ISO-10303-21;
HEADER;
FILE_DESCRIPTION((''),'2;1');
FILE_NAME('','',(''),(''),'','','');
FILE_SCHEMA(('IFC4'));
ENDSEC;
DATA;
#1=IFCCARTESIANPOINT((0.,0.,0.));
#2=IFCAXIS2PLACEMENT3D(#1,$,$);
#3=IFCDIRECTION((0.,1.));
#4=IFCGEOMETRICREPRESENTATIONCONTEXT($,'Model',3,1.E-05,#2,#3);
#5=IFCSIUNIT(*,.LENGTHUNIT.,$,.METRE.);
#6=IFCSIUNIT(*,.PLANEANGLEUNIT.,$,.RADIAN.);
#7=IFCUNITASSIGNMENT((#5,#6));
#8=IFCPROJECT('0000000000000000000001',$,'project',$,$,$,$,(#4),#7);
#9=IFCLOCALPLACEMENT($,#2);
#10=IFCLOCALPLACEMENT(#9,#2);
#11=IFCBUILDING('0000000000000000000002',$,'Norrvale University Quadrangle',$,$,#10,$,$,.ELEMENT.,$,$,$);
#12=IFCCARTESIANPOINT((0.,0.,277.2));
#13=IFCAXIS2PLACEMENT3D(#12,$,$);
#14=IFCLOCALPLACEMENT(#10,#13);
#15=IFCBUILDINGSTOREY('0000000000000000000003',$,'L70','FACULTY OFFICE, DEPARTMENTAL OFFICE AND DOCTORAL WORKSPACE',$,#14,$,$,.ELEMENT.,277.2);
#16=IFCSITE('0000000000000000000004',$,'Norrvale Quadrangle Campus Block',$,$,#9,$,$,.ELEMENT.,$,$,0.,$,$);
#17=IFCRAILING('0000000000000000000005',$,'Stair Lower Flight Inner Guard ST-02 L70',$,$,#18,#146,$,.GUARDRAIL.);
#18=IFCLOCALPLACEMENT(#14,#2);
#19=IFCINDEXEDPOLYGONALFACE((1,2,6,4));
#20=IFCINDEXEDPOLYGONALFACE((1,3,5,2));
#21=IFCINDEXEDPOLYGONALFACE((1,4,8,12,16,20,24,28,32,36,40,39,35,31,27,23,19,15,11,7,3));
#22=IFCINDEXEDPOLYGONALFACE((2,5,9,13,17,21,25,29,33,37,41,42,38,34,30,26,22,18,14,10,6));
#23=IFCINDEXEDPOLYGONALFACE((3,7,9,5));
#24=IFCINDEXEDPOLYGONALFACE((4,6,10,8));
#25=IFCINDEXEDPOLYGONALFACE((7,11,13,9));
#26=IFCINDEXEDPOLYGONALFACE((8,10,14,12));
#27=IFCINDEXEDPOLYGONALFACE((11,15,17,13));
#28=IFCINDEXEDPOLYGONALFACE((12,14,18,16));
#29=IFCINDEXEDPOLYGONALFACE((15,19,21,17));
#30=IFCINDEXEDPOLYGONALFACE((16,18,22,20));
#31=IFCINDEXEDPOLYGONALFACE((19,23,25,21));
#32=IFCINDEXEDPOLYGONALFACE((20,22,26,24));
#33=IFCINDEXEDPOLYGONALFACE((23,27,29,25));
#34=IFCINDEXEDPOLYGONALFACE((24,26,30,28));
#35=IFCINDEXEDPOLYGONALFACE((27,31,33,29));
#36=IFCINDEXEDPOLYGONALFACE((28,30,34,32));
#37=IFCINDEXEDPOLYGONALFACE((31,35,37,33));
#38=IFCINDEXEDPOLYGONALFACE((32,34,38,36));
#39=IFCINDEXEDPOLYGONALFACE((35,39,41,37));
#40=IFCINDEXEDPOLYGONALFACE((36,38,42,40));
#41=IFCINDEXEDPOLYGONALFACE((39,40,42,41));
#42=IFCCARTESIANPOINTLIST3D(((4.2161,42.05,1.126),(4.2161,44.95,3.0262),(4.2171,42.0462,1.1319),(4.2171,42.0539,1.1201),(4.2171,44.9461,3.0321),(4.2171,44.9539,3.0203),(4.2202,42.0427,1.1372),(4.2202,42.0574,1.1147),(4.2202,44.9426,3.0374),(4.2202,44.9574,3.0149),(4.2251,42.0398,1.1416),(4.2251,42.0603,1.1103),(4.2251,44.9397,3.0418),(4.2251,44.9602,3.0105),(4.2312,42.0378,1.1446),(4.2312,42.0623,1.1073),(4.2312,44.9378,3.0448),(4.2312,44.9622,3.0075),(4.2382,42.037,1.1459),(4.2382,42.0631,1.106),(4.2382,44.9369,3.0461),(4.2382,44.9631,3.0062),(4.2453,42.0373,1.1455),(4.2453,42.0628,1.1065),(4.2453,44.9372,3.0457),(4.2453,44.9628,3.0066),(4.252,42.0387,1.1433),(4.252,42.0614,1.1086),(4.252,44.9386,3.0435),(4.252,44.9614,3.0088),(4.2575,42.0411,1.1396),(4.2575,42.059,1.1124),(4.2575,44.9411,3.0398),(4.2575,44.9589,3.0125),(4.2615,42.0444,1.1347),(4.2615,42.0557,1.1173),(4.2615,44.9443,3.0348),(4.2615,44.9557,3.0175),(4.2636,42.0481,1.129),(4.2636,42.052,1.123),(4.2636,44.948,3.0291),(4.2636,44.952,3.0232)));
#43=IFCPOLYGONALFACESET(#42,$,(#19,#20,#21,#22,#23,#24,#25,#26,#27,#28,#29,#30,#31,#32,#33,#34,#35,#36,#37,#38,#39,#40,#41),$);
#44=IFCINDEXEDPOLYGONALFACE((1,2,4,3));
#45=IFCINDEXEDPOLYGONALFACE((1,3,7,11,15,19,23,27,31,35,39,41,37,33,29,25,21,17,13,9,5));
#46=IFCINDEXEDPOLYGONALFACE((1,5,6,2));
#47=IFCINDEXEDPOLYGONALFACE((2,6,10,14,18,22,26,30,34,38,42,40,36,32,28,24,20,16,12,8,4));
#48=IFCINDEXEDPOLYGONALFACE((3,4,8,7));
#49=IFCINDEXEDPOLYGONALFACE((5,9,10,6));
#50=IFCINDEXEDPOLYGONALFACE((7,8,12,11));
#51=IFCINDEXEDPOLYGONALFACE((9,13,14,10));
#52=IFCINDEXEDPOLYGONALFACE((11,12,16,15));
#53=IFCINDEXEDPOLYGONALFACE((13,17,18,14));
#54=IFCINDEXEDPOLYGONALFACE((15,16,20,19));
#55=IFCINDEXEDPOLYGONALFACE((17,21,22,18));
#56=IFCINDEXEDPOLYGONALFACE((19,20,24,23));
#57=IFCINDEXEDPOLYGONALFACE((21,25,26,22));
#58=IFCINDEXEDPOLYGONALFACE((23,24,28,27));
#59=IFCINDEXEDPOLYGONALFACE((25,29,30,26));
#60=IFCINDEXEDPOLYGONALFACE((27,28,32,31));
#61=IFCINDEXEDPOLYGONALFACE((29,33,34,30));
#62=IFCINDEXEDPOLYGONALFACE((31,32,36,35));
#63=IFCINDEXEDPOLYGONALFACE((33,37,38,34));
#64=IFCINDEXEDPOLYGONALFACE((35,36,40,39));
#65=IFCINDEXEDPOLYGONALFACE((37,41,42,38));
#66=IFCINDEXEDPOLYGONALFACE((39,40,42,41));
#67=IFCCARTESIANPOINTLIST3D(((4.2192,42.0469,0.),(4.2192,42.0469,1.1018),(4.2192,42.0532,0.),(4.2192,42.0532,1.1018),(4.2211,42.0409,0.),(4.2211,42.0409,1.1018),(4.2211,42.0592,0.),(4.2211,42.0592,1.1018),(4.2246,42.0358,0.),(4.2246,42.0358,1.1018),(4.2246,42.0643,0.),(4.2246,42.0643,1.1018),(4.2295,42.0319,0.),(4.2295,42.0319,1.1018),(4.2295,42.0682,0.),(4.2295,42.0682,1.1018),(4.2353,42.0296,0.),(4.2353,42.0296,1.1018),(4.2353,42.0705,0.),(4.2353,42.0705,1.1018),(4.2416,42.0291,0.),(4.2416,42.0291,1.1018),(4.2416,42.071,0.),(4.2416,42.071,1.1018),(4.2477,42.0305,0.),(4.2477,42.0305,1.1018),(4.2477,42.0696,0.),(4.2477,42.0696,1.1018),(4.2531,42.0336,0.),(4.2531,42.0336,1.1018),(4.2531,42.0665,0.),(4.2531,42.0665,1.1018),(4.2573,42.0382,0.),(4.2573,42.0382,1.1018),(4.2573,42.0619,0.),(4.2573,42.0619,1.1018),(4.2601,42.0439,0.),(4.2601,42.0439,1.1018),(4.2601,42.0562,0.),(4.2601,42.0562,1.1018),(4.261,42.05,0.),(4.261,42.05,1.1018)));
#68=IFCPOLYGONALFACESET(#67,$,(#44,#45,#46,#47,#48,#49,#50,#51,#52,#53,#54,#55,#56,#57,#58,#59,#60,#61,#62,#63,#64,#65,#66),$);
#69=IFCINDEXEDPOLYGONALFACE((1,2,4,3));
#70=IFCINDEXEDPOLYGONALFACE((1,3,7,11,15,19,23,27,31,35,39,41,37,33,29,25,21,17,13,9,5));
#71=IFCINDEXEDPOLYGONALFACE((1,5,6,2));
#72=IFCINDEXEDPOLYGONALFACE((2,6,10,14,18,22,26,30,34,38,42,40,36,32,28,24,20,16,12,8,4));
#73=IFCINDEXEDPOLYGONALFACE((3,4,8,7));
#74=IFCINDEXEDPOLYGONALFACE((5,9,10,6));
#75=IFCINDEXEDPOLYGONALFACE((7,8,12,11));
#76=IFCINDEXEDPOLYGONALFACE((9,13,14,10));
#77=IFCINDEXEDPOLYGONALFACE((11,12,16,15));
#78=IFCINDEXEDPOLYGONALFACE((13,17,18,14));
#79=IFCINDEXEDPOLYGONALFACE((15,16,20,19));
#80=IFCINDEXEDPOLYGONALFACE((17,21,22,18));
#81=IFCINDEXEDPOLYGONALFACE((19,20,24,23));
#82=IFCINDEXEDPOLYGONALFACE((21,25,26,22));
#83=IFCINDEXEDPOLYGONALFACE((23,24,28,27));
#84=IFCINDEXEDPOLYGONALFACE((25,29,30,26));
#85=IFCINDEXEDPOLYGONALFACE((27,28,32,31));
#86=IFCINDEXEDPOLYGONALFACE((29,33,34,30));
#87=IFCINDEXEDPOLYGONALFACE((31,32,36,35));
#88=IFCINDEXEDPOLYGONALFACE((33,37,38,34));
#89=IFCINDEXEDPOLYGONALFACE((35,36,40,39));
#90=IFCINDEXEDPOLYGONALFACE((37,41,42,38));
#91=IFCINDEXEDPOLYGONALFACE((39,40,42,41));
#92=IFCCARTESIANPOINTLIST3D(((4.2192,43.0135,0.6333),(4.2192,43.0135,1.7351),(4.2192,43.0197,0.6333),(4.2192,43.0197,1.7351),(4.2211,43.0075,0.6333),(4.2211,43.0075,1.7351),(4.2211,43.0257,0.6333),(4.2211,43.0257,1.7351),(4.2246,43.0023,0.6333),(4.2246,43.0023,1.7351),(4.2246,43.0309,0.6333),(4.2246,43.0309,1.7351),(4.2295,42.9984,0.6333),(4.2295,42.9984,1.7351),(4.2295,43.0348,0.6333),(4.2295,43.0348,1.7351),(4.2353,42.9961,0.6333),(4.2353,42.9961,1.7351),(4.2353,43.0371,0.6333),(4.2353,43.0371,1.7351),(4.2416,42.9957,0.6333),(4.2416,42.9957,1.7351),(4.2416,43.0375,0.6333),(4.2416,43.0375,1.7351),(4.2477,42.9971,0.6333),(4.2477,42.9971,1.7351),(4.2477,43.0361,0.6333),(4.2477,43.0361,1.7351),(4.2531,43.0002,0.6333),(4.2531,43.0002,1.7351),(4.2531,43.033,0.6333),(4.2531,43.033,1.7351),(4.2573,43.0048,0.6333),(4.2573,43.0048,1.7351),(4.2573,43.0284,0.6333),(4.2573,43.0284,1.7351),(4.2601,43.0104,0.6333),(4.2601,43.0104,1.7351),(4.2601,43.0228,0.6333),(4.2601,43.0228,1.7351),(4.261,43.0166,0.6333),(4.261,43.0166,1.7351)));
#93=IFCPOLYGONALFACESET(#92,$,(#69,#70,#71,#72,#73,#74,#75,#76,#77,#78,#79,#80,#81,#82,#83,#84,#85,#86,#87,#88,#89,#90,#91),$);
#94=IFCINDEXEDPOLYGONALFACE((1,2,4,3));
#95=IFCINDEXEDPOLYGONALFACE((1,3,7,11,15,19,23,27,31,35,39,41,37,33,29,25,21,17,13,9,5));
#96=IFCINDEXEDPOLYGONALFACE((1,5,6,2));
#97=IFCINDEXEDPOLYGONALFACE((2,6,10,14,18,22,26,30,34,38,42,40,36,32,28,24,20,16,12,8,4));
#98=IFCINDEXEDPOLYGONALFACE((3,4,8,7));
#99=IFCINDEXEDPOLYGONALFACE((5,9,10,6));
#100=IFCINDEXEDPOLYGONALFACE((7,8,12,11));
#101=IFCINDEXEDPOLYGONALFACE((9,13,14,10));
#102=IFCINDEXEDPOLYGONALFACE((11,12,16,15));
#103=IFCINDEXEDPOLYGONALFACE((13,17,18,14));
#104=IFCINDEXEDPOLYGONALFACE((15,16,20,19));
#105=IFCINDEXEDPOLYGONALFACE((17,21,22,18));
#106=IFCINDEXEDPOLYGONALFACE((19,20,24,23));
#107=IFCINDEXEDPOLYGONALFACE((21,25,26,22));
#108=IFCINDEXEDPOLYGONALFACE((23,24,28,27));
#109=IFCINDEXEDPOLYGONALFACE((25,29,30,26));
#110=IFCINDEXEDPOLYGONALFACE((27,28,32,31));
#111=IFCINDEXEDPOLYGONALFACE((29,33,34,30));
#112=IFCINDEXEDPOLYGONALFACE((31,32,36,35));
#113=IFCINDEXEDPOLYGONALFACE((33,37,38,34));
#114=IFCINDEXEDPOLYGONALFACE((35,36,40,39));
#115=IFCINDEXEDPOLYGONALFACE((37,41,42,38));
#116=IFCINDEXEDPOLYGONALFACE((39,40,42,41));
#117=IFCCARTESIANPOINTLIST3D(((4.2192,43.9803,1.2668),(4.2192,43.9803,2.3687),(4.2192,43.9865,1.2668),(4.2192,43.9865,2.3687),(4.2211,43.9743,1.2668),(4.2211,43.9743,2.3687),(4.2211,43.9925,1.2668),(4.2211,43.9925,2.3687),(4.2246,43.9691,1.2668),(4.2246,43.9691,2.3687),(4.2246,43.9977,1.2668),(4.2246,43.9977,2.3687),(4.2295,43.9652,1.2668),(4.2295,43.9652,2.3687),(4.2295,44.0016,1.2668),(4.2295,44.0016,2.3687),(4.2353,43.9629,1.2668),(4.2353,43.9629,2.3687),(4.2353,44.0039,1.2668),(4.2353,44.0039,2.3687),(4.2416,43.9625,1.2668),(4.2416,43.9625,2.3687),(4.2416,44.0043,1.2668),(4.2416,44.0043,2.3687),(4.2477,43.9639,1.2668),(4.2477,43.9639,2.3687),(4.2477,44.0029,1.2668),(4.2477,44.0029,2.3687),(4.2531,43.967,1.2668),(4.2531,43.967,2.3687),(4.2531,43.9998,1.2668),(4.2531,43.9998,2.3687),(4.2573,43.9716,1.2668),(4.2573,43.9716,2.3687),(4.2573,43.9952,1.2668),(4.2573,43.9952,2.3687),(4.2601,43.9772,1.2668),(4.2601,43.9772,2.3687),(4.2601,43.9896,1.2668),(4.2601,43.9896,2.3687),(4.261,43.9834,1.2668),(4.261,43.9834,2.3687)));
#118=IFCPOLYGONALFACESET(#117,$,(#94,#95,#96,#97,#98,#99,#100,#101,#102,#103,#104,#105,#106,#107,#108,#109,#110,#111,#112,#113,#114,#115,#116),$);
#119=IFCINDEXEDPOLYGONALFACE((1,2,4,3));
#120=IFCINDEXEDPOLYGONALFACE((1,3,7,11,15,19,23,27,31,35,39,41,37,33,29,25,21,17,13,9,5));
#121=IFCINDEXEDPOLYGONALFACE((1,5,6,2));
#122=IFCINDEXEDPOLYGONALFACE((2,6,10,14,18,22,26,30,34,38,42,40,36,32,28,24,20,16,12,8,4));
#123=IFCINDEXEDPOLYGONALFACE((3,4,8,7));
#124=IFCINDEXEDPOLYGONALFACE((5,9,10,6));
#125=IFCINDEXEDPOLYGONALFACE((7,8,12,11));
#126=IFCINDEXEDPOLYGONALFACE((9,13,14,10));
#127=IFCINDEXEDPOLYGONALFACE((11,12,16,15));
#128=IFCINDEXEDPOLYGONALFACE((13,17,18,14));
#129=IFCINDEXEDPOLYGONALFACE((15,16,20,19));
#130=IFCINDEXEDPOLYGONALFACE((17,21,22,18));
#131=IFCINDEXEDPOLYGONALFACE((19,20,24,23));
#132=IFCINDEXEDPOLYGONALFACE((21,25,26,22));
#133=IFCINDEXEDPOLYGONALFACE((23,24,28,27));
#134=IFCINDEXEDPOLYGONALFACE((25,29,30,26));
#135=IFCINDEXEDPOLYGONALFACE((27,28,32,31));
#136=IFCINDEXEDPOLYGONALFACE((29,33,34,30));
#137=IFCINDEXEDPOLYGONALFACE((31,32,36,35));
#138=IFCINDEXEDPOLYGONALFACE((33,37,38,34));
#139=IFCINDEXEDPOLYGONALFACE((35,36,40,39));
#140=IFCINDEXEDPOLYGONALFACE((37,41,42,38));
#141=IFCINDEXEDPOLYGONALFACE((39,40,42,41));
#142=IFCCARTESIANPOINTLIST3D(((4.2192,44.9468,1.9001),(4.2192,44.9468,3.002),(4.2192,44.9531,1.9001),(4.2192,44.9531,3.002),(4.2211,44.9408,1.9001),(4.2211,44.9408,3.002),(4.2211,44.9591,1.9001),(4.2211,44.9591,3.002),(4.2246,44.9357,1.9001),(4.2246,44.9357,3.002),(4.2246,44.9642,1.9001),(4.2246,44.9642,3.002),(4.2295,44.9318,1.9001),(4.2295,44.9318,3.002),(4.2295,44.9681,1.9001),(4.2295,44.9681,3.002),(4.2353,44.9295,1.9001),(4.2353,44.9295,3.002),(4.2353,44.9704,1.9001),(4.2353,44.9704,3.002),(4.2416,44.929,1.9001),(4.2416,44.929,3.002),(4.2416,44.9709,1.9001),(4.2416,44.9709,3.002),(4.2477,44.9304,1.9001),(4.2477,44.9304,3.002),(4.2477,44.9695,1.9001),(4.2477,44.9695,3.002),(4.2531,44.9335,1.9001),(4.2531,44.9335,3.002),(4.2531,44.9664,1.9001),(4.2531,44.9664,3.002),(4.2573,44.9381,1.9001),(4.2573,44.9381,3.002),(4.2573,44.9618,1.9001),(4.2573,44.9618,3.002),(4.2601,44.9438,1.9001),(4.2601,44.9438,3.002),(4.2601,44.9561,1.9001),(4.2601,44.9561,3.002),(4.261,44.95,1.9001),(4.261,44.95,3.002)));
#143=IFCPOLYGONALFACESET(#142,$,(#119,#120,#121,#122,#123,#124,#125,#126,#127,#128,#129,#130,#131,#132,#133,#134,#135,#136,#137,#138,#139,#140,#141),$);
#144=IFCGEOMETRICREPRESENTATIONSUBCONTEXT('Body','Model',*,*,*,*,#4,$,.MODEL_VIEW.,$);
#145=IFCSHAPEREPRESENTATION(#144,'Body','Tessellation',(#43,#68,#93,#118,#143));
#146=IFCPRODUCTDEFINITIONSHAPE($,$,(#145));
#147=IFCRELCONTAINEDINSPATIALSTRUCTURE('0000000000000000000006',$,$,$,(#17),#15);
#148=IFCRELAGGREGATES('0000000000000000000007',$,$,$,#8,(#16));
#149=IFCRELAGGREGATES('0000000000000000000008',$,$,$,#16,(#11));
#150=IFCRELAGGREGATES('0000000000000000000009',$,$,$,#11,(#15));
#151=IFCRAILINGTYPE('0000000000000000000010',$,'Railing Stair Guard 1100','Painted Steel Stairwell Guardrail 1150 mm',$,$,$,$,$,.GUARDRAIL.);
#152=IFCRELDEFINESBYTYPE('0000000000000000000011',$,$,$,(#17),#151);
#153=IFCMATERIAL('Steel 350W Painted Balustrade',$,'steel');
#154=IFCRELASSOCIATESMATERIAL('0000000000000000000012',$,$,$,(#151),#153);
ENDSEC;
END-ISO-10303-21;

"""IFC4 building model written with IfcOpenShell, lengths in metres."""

from ifc_helpers import new_model, si_unit, direction, frame, origin, origin_2d, place, context, subcontext, project, spatial, circle, extrude, material, type_object, element, save


model = new_model("IFC4")

# Units and contexts
model_context = context("Model", 3, precision=1e-05, world=origin(), true_north=direction((0.0, 1.0)))
body_context = subcontext(model_context, "Body", "Model", "MODEL_VIEW")
ifc_project = project(units=[si_unit("LENGTHUNIT", "METRE"), si_unit("PLANEANGLEUNIT", "RADIAN")], contexts=[model_context])

# Site, building, storey
site_placement = place(None, origin())
site = spatial("IfcSite", under=ifc_project, at=site_placement, Name="Norrvale Quadrangle Campus Block", CompositionType="ELEMENT", RefElevation=0.0)
building_placement = place(site_placement, origin())
building = spatial("IfcBuilding", under=site, at=building_placement, Name="Norrvale University Quadrangle", CompositionType="ELEMENT")
storey_placement = place(building_placement, frame((0.0, 0.0, 277.2)))
storey = spatial("IfcBuildingStorey", under=building, at=storey_placement, Name="L70", Description="FACULTY OFFICE, DEPARTMENTAL OFFICE AND DOCTORAL WORKSPACE", CompositionType="ELEMENT", Elevation=277.2)

# Railing
ifc_material_1 = material(Name="Steel 350W Painted Balustrade", Category="steel")
railing_type_1 = type_object("IfcRailingType", Name="Railing Stair Guard 1100", Description="Painted Steel Stairwell Guardrail 1150 mm", PredefinedType="GUARDRAIL", material=ifc_material_1)
railing_1_placement = place(storey_placement, frame((4.24, 42.05, 0.0)))
element("IfcRailing", 1, at=railing_1_placement, inside=storey, type_object=railing_type_1, Name="Stair Lower Flight Inner Guard ST-02 L70", PredefinedType="GUARDRAIL", context=body_context, shape_type="SweptSolid", body=[
    extrude(circle(Radius=0.0239, at=origin_2d()), frame((0.0, 0.0, 1.126), z_axis=(0.0, 0.836433, 0.548069), x_axis=(-1.0, 0.0, 0.0)), (0.0, 0.0, 1.0), 3.467),
    extrude(circle(Radius=0.021, at=origin_2d()), origin(), (0.0, 0.0, 1.0), 1.1018),
    extrude(circle(Radius=0.021, at=origin_2d()), frame((0.0, 0.9666, 0.6333)), (0.0, 0.0, 1.0), 1.1018),
    extrude(circle(Radius=0.021, at=origin_2d()), frame((0.0, 1.9333, 1.2668)), (0.0, 0.0, 1.0), 1.1018),
    extrude(circle(Radius=0.021, at=origin_2d()), frame((0.0, 2.8999, 1.9001)), (0.0, 0.0, 1.0), 1.1018),
])

save(model, "model.ifc")
